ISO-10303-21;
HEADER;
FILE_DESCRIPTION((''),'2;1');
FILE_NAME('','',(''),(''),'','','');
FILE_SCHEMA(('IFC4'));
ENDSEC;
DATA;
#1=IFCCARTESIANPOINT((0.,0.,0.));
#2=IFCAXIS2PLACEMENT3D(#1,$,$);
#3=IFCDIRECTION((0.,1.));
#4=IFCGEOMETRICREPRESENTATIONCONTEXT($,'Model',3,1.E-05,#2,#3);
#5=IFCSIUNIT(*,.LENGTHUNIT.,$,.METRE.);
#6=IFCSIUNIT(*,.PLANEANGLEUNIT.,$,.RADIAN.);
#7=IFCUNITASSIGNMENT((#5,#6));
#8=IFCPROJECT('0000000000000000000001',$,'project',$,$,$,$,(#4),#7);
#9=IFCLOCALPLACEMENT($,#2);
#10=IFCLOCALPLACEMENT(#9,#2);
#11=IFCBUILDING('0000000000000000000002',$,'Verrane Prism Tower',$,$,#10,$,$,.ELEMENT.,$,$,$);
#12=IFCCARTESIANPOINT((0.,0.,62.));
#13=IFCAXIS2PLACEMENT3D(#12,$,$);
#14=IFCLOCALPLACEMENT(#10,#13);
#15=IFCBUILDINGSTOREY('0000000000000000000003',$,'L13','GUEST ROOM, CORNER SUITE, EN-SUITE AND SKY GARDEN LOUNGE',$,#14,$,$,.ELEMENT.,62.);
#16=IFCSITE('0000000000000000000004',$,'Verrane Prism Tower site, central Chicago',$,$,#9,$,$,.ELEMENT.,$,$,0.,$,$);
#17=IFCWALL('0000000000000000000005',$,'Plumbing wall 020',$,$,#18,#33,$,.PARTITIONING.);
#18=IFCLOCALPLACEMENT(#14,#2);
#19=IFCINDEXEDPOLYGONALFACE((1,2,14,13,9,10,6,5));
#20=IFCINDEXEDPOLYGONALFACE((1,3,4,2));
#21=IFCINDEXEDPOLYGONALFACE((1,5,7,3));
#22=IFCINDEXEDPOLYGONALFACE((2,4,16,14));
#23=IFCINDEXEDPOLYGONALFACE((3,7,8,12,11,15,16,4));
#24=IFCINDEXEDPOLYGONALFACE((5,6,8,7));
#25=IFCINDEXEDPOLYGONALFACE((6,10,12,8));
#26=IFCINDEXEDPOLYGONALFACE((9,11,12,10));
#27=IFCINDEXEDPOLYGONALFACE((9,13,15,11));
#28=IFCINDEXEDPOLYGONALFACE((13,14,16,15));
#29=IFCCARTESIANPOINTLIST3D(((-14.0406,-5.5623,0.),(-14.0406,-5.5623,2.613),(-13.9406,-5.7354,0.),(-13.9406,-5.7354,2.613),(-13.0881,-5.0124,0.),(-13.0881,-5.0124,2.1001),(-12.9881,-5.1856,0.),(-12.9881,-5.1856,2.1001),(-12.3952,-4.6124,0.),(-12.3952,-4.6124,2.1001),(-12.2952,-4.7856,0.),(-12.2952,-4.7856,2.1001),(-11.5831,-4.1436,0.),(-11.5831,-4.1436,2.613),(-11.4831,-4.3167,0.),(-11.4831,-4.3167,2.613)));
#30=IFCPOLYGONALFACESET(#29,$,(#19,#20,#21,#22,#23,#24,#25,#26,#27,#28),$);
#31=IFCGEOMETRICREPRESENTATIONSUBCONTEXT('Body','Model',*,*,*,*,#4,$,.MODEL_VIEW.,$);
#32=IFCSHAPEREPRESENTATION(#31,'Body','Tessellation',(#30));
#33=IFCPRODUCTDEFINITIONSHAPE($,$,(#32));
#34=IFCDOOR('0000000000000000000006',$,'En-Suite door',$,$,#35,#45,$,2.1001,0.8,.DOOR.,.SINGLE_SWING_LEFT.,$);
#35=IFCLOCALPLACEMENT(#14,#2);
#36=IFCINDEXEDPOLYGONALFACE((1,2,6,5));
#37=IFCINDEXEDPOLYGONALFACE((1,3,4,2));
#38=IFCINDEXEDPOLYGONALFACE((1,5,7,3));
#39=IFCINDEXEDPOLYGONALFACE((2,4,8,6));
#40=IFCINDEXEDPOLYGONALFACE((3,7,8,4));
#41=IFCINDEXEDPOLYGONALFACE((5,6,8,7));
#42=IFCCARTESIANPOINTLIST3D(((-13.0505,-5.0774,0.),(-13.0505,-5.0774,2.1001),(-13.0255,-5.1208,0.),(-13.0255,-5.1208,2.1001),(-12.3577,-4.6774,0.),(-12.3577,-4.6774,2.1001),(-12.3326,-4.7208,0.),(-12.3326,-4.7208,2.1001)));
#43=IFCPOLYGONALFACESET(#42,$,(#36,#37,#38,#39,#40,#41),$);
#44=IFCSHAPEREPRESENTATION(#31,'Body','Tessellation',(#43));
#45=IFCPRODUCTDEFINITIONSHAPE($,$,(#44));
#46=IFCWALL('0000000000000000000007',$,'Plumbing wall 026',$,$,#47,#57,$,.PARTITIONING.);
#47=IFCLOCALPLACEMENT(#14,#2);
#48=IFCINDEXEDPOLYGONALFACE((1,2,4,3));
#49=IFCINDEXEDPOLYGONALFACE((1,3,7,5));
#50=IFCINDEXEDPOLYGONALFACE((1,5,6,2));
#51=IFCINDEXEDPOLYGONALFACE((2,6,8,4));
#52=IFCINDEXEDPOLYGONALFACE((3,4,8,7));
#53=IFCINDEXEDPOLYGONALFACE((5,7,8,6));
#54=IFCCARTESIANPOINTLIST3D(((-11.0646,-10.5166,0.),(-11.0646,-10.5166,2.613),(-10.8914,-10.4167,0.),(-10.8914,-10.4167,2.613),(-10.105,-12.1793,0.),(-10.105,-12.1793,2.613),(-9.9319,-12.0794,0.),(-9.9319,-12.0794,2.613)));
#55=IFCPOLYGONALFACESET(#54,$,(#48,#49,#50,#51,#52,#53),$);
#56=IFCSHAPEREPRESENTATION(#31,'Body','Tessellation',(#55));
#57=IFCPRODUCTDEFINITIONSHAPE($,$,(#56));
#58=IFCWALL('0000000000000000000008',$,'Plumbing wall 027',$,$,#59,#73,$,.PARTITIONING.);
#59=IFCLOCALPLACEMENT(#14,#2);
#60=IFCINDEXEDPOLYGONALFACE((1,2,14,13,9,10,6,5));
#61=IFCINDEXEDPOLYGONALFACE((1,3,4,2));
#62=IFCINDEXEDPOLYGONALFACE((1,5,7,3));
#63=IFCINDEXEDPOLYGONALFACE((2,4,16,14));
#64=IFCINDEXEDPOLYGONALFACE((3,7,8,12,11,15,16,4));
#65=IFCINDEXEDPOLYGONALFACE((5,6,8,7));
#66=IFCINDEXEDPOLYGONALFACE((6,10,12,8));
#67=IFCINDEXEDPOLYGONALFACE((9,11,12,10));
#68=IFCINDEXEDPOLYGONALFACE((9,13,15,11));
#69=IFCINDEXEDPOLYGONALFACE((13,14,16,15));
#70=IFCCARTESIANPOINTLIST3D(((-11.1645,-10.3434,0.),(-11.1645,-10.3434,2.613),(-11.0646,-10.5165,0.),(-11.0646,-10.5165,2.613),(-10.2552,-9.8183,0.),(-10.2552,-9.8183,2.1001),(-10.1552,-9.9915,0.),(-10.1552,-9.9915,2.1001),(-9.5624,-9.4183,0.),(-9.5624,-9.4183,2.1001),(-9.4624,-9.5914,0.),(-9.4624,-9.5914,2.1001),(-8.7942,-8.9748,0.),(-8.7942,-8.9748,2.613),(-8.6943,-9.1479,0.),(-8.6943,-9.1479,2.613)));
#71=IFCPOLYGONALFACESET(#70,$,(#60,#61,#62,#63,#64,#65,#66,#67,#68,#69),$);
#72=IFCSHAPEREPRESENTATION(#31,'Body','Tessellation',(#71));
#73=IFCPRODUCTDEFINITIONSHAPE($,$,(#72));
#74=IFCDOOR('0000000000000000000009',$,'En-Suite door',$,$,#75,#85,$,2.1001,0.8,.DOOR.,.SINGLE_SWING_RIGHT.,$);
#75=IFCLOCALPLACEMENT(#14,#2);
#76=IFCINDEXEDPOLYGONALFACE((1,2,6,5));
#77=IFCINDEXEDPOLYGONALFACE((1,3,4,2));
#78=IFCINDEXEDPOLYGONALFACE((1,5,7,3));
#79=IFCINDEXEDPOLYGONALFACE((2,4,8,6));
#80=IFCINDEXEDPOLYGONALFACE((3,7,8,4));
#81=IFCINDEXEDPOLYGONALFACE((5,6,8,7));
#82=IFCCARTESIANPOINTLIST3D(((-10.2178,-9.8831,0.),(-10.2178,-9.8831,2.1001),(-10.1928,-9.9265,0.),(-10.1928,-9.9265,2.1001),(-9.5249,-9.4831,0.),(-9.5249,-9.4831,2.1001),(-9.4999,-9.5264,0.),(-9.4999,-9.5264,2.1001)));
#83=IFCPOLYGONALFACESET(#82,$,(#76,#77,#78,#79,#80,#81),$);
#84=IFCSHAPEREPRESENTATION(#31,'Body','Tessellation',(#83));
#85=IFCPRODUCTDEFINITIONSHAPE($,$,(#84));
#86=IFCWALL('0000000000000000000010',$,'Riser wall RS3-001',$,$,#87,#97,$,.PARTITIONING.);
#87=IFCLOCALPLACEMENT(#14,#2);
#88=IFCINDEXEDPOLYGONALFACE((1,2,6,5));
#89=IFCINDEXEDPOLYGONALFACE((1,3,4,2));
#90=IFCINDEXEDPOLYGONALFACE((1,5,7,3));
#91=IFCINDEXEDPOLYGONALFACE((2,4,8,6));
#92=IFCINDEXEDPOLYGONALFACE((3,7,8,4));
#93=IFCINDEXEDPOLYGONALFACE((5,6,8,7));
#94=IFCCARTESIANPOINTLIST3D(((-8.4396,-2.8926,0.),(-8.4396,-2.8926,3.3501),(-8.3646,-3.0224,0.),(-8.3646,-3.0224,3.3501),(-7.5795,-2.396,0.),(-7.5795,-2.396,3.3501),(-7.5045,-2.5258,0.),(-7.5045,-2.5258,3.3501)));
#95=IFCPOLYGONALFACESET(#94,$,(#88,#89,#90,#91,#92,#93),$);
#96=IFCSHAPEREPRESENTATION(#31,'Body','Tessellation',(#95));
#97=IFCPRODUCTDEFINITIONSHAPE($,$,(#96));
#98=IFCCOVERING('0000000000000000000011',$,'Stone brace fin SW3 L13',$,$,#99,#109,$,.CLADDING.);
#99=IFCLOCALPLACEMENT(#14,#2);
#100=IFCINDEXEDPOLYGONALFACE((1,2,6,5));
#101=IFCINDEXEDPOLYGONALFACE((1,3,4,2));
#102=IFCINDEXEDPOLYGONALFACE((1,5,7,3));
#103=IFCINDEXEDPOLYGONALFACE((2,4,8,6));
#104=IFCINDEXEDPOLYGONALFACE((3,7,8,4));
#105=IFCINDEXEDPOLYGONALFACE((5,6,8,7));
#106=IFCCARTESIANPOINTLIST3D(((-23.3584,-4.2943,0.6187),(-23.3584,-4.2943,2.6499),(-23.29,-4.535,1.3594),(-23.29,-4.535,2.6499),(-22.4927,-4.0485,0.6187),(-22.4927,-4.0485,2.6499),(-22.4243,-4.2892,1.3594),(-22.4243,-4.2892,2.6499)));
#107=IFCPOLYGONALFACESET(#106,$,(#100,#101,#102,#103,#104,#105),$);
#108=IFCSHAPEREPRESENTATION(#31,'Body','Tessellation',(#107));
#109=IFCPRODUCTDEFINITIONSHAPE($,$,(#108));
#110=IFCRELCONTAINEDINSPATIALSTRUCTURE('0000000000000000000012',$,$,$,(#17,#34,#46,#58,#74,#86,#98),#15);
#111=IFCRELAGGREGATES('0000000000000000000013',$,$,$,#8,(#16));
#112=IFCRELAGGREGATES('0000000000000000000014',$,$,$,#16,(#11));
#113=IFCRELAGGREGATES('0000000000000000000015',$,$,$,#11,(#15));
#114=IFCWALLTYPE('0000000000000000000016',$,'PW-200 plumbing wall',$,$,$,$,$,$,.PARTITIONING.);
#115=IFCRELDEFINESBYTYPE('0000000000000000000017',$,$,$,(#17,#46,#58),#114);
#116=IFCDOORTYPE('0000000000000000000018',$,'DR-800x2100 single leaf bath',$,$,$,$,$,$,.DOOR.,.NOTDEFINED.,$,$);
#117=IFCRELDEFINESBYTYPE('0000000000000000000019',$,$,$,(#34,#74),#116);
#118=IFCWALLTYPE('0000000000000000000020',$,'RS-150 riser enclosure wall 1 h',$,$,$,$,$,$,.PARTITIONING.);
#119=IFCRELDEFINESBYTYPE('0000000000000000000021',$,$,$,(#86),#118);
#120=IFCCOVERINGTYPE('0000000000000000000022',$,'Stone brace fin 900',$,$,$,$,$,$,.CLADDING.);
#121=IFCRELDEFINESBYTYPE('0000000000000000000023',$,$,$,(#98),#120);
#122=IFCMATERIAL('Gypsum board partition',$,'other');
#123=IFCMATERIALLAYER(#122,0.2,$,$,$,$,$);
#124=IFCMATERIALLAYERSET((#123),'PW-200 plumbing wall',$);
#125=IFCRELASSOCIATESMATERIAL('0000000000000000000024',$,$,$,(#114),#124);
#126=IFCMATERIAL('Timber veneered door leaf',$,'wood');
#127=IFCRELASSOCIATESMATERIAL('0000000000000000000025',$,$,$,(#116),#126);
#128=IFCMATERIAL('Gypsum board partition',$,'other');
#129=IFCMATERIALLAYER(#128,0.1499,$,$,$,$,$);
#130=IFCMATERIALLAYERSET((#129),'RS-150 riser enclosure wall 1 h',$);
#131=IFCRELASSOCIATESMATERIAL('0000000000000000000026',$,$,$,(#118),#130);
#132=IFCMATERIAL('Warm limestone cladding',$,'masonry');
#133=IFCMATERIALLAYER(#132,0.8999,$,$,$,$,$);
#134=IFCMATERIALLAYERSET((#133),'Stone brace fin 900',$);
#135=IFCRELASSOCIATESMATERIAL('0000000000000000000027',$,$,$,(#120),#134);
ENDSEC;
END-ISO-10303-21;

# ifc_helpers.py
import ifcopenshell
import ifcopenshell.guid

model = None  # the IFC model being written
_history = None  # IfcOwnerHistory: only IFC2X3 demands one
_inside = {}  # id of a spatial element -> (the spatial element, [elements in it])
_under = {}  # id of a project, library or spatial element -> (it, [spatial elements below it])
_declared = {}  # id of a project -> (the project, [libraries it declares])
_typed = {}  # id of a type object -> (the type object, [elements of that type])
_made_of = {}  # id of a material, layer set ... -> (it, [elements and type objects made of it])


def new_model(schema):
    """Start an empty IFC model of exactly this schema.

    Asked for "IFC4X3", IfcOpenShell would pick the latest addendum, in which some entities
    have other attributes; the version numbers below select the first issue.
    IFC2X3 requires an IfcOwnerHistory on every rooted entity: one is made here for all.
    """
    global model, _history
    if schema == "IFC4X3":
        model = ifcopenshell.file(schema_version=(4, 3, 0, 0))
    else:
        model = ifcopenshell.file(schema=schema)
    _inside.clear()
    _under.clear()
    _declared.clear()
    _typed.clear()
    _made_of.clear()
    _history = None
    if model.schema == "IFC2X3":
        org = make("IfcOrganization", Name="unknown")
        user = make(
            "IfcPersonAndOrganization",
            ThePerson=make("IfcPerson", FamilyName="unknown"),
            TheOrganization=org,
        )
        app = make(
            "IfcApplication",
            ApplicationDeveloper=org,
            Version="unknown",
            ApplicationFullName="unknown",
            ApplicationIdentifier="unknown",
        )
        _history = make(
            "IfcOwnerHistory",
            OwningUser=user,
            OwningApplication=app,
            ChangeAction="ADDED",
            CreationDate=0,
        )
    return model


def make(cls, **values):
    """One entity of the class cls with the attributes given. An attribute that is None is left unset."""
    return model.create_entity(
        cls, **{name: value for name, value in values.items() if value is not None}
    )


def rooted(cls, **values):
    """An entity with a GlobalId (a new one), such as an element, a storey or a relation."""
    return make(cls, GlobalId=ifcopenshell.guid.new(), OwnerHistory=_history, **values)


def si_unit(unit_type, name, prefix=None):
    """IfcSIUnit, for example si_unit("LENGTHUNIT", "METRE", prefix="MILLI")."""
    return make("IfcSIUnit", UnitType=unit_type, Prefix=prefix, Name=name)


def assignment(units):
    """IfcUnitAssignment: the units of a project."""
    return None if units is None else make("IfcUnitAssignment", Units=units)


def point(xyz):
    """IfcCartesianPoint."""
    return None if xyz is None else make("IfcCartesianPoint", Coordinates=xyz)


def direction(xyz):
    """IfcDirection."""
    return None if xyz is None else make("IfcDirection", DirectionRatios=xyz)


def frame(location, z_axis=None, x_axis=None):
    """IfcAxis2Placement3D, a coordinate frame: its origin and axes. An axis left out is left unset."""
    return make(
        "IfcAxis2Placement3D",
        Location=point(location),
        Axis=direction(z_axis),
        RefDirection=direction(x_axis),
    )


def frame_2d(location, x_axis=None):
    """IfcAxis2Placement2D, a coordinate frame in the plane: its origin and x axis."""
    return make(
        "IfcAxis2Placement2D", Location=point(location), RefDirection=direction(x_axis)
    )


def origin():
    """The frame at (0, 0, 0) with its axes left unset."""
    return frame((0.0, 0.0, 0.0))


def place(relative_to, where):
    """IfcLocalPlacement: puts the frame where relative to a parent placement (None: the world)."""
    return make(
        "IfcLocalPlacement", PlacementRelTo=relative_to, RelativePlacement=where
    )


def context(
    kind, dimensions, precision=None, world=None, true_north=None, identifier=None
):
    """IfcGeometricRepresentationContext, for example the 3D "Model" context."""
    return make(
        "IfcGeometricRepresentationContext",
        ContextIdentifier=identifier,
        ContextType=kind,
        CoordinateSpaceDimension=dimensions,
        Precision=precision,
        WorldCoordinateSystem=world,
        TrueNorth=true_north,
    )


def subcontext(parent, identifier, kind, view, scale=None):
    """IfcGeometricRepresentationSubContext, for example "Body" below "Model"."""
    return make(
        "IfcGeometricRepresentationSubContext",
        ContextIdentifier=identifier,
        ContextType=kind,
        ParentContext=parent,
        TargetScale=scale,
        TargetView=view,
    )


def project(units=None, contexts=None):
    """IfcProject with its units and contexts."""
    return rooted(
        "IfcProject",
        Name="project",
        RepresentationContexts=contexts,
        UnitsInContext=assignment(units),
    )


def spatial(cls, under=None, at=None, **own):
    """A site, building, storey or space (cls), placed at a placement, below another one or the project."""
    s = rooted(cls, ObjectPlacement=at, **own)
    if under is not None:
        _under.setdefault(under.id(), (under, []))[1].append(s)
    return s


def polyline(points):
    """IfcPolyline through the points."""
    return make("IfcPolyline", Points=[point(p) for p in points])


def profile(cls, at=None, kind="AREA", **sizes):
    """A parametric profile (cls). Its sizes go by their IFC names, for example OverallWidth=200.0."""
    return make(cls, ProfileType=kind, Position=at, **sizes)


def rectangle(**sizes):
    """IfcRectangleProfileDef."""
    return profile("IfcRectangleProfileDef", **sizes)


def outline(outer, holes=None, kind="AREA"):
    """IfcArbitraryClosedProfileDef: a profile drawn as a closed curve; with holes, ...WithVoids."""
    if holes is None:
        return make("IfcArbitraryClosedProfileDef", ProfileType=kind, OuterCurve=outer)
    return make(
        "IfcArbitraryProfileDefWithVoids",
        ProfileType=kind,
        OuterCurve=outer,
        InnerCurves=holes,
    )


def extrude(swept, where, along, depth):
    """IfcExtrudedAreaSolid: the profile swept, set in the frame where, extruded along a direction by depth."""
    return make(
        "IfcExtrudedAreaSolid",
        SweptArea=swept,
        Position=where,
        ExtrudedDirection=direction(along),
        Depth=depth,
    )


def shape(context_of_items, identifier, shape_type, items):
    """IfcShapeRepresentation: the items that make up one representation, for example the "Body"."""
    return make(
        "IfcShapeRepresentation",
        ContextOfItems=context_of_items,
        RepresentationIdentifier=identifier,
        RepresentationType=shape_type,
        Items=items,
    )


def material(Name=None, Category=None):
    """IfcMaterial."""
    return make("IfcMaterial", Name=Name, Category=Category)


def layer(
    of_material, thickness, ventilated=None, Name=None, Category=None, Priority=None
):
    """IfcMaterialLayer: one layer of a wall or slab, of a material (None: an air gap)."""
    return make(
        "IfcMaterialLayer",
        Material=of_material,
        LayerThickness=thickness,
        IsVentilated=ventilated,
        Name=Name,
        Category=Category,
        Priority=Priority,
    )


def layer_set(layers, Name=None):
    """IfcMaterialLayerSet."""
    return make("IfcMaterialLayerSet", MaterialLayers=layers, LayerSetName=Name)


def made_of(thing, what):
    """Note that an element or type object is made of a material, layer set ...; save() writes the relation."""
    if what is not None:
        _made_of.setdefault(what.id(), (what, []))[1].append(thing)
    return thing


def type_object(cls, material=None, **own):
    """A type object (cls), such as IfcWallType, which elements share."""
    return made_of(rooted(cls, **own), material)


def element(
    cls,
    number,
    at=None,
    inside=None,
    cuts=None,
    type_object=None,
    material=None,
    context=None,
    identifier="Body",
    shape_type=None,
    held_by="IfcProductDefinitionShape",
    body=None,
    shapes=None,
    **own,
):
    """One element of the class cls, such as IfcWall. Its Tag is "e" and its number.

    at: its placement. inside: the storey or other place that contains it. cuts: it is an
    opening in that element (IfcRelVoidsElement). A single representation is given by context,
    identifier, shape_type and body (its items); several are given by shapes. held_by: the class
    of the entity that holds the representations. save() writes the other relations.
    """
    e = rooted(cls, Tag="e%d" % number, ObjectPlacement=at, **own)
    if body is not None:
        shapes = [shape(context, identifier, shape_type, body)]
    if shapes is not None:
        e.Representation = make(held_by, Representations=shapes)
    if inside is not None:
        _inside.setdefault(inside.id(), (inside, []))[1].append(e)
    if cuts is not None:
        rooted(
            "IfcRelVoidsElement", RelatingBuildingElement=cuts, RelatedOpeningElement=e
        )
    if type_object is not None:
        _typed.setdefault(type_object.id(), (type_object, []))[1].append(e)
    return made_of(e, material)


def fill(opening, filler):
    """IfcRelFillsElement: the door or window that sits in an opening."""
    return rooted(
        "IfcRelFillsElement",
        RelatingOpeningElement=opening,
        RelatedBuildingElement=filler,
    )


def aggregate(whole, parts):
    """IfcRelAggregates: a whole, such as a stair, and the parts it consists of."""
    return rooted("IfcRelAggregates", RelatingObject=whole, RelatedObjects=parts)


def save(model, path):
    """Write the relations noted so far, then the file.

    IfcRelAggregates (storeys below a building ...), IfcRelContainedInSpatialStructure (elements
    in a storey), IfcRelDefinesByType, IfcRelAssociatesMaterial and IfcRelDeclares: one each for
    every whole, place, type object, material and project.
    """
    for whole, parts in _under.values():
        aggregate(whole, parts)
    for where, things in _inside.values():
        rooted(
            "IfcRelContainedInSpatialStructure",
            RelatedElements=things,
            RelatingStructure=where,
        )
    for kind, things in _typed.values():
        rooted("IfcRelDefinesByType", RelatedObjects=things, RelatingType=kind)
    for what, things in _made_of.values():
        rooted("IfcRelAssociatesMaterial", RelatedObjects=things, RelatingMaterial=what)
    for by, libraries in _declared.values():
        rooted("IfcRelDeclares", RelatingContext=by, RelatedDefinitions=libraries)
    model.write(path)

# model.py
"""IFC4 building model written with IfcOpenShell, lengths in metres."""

from ifc_helpers import new_model, si_unit, direction, frame, frame_2d, origin, place, context, subcontext, project, spatial, polyline, rectangle, outline, extrude, material, layer, layer_set, type_object, element, fill, save


model = new_model("IFC4")

# Units and contexts
model_context = context("Model", 3, precision=1e-05, world=origin(), true_north=direction((0.0, 1.0)))
body_context = subcontext(model_context, "Body", "Model", "MODEL_VIEW")
ifc_project = project(units=[si_unit("LENGTHUNIT", "METRE"), si_unit("PLANEANGLEUNIT", "RADIAN")], contexts=[model_context])

# Site, building, storey
site_placement = place(None, origin())
site = spatial("IfcSite", under=ifc_project, at=site_placement, Name="Verrane Prism Tower site, central Chicago", CompositionType="ELEMENT", RefElevation=0.0)
building_placement = place(site_placement, origin())
building = spatial("IfcBuilding", under=site, at=building_placement, Name="Verrane Prism Tower", CompositionType="ELEMENT")
storey_placement = place(building_placement, frame((0.0, 0.0, 62.0)))
storey = spatial("IfcBuildingStorey", under=building, at=storey_placement, Name="L13", Description="GUEST ROOM, CORNER SUITE, EN-SUITE AND SKY GARDEN LOUNGE", CompositionType="ELEMENT", Elevation=62.0)

# Shared definitions
ifc_material_1 = material(Name="Gypsum board partition", Category="other")
ifc_layer_1 = layer(ifc_material_1, 0.2)
ifc_layer_set_1 = layer_set([ifc_layer_1], Name="PW-200 plumbing wall")
wall_type_1 = type_object("IfcWallType", Name="PW-200 plumbing wall", PredefinedType="PARTITIONING", material=ifc_layer_set_1)

# Shared definitions
ifc_material_2 = material(Name="Timber veneered door leaf", Category="wood")
door_type = type_object("IfcDoorType", Name="DR-800x2100 single leaf bath", OperationType="NOTDEFINED", PredefinedType="DOOR", material=ifc_material_2)

# Wall, opening, door
wall_1_placement = place(storey_placement, frame((-13.9907, -5.6489, 0.0), z_axis=(0.0, 0.0, 1.0), x_axis=(0.866048, 0.499961, 0.0)))
wall_1 = element("IfcWall", 1, at=wall_1_placement, inside=storey, type_object=wall_type_1, Name="Plumbing wall 020", PredefinedType="PARTITIONING", context=body_context, shape_type="SweptSolid", body=[
    extrude(rectangle(XDim=2.8376, YDim=0.2, at=frame_2d((1.4189, 0.0))), origin(), (0.0, 0.0, 1.0), 2.613),
])
opening_1_placement = place(wall_1_placement, frame((1.1001, 0.0, 0.0)))
opening_1 = element("IfcOpeningElement", 2, at=opening_1_placement, cuts=wall_1, PredefinedType="OPENING", context=body_context, shape_type="SweptSolid", body=[
    extrude(rectangle(XDim=0.8, YDim=2.1001, at=frame_2d((0.3999, 1.05))), frame((0.0, 0.1099, 0.0), z_axis=(0.0, -1.0, 0.0), x_axis=(1.0, 0.0, 0.0)), (0.0, 0.0, 1.0), 0.22),
])
door_1_placement = place(opening_1_placement, origin())
door_1 = element("IfcDoor", 3, at=door_1_placement, inside=storey, type_object=door_type, Name="En-Suite door", OperationType="SINGLE_SWING_LEFT", OverallHeight=2.1001, OverallWidth=0.8, PredefinedType="DOOR", context=body_context, shape_type="SweptSolid", body=[
    extrude(rectangle(XDim=0.8, YDim=2.1001, at=frame_2d((0.3999, 1.05))), frame((0.0, 0.0249, 0.0), z_axis=(0.0, -1.0, 0.0), x_axis=(1.0, 0.0, 0.0)), (0.0, 0.0, 1.0), 0.05),
])
fill(opening_1, door_1)

# Wall
wall_2_placement = place(storey_placement, frame((-10.978, -10.4666, 0.0), z_axis=(0.0, 0.0, 1.0), x_axis=(0.499833, -0.866122, 0.0)))
element("IfcWall", 4, at=wall_2_placement, inside=storey, type_object=wall_type_1, Name="Plumbing wall 026", PredefinedType="PARTITIONING", context=body_context, shape_type="SweptSolid", body=[
    extrude(rectangle(XDim=1.9197, YDim=0.2, at=frame_2d((0.96, 0.0))), origin(), (0.0, 0.0, 1.0), 2.613),
])

# Wall, opening, door
wall_3_placement = place(storey_placement, frame((-8.7441, -9.0613, 0.0), z_axis=(0.0, 0.0, 1.0), x_axis=(-0.866006, -0.500034, 0.0)))
wall_3 = element("IfcWall", 5, at=wall_3_placement, inside=storey, type_object=wall_type_1, Name="Plumbing wall 027", PredefinedType="PARTITIONING", context=body_context, shape_type="SweptSolid", body=[
    extrude(rectangle(XDim=2.7371, YDim=0.2, at=frame_2d((1.3687, 0.0))), origin(), (0.0, 0.0, 1.0), 2.613),
])
opening_2_placement = place(wall_3_placement, frame((0.8872, 0.0, 0.0)))
opening_2 = element("IfcOpeningElement", 6, at=opening_2_placement, cuts=wall_3, PredefinedType="OPENING", context=body_context, shape_type="SweptSolid", body=[
    extrude(rectangle(XDim=0.8, YDim=2.1001, at=frame_2d((0.3999, 1.05))), frame((0.0, 0.1099, 0.0), z_axis=(0.0, -1.0, 0.0), x_axis=(1.0, 0.0, 0.0)), (0.0, 0.0, 1.0), 0.22),
])
door_2_placement = place(opening_2_placement, origin())
door_2 = element("IfcDoor", 7, at=door_2_placement, inside=storey, type_object=door_type, Name="En-Suite door", OperationType="SINGLE_SWING_RIGHT", OverallHeight=2.1001, OverallWidth=0.8, PredefinedType="DOOR", context=body_context, shape_type="SweptSolid", body=[
    extrude(rectangle(XDim=0.8, YDim=2.1001, at=frame_2d((0.3999, 1.05))), frame((0.0, 0.0249, 0.0), z_axis=(0.0, -1.0, 0.0), x_axis=(1.0, 0.0, 0.0)), (0.0, 0.0, 1.0), 0.05),
])
fill(opening_2, door_2)

# Wall
ifc_material_3 = material(Name="Gypsum board partition", Category="other")
ifc_layer_2 = layer(ifc_material_3, 0.1499)
ifc_layer_set_2 = layer_set([ifc_layer_2], Name="RS-150 riser enclosure wall 1 h")
wall_type_2 = type_object("IfcWallType", Name="RS-150 riser enclosure wall 1 h", PredefinedType="PARTITIONING", material=ifc_layer_set_2)
wall_4_placement = place(storey_placement, frame((-8.4021, -2.9575, 0.0), z_axis=(0.0, 0.0, 1.0), x_axis=(0.866026, 0.499999, 0.0)))
element("IfcWall", 8, at=wall_4_placement, inside=storey, type_object=wall_type_2, Name="Riser wall RS3-001", PredefinedType="PARTITIONING", context=body_context, shape_type="SweptSolid", body=[
    extrude(rectangle(XDim=0.9932, YDim=0.1499, at=frame_2d((0.4966, 0.0))), origin(), (0.0, 0.0, 1.0), 3.3501),
])

# Covering
ifc_material_4 = material(Name="Warm limestone cladding", Category="masonry")
ifc_layer_3 = layer(ifc_material_4, 0.8999)
ifc_layer_set_3 = layer_set([ifc_layer_3], Name="Stone brace fin 900")
covering_type = type_object("IfcCoveringType", Name="Stone brace fin 900", PredefinedType="CLADDING", material=ifc_layer_set_3)
covering_placement = place(storey_placement, frame((-22.9255, -4.1714, 0.6187), z_axis=(0.0, 0.0, 1.0), x_axis=(0.273175, -0.961964, 0.0)))
element("IfcCovering", 9, at=covering_placement, inside=storey, type_object=covering_type, Name="Stone brace fin SW3 L13", PredefinedType="CLADDING", context=body_context, shape_type="SweptSolid", body=[
    extrude(outline(polyline([(0.2502, 2.0312), (0.0, 2.0312), (0.0, 0.0), (0.2502, 0.7407), (0.2502, 2.0312)])), frame((0.0, 0.45, 0.0), z_axis=(0.0, -1.0, 0.0), x_axis=(1.0, 0.0, 0.0)), (0.0, 0.0, 1.0), 0.8999),
])

save(model, "model.ifc")
